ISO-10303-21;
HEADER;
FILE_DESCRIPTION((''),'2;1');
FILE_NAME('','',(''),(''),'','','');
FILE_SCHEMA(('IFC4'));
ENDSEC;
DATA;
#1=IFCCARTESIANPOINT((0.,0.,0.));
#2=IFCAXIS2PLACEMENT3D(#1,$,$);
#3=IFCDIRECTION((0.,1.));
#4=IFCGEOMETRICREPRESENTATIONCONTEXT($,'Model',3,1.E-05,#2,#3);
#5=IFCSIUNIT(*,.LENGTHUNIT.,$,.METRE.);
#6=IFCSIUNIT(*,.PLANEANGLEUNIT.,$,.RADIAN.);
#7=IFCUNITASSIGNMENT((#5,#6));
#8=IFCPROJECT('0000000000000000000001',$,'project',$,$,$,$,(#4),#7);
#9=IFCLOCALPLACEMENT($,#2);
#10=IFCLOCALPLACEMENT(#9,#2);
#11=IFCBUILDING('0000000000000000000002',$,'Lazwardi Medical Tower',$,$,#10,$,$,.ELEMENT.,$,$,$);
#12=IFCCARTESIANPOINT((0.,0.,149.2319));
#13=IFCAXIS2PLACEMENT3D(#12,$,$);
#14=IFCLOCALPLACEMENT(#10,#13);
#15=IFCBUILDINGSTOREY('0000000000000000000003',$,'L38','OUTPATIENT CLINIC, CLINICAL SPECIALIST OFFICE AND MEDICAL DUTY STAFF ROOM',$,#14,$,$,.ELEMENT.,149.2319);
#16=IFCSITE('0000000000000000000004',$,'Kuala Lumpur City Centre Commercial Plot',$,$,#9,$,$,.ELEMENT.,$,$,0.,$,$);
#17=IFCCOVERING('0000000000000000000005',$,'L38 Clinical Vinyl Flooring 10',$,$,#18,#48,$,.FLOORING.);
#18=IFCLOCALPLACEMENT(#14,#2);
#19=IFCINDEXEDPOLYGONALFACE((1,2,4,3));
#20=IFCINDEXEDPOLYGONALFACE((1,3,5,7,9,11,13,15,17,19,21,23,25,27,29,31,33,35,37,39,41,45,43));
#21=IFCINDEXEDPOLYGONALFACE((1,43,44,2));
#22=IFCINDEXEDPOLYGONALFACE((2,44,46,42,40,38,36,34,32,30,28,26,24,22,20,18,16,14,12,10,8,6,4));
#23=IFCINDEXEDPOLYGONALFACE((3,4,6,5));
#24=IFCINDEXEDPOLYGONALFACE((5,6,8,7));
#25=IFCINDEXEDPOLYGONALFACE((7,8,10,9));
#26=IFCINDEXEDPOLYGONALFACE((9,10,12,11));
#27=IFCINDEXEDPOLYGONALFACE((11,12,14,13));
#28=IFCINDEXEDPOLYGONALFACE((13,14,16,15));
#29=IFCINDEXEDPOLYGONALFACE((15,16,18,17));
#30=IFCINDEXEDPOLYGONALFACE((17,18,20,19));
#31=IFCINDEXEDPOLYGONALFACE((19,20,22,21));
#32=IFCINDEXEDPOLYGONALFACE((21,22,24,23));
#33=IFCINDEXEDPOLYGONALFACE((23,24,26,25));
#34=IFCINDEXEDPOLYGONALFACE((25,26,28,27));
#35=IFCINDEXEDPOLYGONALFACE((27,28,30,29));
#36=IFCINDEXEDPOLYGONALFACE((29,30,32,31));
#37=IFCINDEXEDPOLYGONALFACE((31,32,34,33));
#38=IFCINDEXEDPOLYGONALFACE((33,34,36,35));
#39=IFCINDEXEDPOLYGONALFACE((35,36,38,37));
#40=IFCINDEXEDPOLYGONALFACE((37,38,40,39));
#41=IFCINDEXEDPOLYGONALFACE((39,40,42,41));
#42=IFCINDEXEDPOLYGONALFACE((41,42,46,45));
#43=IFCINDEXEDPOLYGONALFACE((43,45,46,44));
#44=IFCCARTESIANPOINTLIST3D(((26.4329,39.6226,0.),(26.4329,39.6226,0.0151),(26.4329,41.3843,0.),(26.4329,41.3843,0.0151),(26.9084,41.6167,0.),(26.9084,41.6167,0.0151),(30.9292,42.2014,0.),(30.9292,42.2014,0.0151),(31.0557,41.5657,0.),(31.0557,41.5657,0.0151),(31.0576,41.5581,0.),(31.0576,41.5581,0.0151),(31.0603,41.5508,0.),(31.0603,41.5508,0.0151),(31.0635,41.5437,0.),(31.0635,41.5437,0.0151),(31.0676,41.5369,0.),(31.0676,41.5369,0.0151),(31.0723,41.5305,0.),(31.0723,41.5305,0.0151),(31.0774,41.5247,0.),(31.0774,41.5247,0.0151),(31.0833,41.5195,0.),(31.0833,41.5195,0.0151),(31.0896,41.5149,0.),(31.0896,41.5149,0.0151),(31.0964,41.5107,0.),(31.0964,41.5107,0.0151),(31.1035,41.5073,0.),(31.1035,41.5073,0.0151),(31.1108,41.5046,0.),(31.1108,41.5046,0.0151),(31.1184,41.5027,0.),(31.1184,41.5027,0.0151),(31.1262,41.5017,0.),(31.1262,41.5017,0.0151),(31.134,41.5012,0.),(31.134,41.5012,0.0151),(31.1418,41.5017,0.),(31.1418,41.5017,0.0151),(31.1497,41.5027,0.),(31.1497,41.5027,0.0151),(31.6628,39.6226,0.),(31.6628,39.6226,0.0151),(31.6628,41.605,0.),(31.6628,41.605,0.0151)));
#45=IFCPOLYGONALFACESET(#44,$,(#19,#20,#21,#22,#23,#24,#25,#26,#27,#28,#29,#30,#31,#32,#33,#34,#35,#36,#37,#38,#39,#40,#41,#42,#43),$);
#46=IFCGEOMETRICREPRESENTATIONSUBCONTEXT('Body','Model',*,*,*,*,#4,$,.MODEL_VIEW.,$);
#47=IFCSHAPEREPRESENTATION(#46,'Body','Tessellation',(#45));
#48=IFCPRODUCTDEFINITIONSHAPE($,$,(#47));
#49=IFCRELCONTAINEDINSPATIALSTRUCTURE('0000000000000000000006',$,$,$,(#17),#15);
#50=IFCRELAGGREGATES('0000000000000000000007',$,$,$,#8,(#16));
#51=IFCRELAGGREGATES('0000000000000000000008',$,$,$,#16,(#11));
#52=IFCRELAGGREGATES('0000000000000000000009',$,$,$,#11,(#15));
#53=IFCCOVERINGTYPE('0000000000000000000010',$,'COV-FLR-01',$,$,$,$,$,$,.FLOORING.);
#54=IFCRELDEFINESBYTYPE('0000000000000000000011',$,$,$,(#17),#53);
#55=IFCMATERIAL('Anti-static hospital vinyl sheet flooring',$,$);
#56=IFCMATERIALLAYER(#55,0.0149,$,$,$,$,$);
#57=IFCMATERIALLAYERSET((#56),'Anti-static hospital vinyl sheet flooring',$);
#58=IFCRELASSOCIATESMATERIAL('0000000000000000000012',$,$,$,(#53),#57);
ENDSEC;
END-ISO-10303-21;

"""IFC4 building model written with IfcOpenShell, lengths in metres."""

from ifc_helpers import new_model, si_unit, direction, frame, origin, place, context, subcontext, project, spatial, polyline, outline, extrude, material, layer, layer_set, type_object, element, save


model = new_model("IFC4")

# Units and contexts
model_context = context("Model", 3, precision=1e-05, world=origin(), true_north=direction((0.0, 1.0)))
body_context = subcontext(model_context, "Body", "Model", "MODEL_VIEW")
ifc_project = project(units=[si_unit("LENGTHUNIT", "METRE"), si_unit("PLANEANGLEUNIT", "RADIAN")], contexts=[model_context])

# Site, building, storey
site_placement = place(None, origin())
site = spatial("IfcSite", under=ifc_project, at=site_placement, Name="Kuala Lumpur City Centre Commercial Plot", CompositionType="ELEMENT", RefElevation=0.0)
building_placement = place(site_placement, origin())
building = spatial("IfcBuilding", under=site, at=building_placement, Name="Lazwardi Medical Tower", CompositionType="ELEMENT")
storey_placement = place(building_placement, frame((0.0, 0.0, 149.2319)))
storey = spatial("IfcBuildingStorey", under=building, at=storey_placement, Name="L38", Description="OUTPATIENT CLINIC, CLINICAL SPECIALIST OFFICE AND MEDICAL DUTY STAFF ROOM", CompositionType="ELEMENT", Elevation=149.2319)

# Covering
ifc_material_1 = material(Name="Anti-static hospital vinyl sheet flooring")
ifc_layer_1 = layer(ifc_material_1, 0.0149)
ifc_layer_set_1 = layer_set([ifc_layer_1], Name="Anti-static hospital vinyl sheet flooring")
covering_type_1 = type_object("IfcCoveringType", Name="COV-FLR-01", PredefinedType="FLOORING", material=ifc_layer_set_1)
covering_1_placement = place(storey_placement, origin())
element("IfcCovering", 1, at=covering_1_placement, inside=storey, type_object=covering_type_1, Name="L38 Clinical Vinyl Flooring 10", PredefinedType="FLOORING", context=body_context, shape_type="SweptSolid", body=[
    extrude(outline(polyline([(31.6628, 41.605), (31.1497, 41.5027), (31.1418, 41.5017), (31.134, 41.5012), (31.1262, 41.5017), (31.1184, 41.5027), (31.1108, 41.5046), (31.1035, 41.5073), (31.0964, 41.5107), (31.0896, 41.5149), (31.0833, 41.5195), (31.0774, 41.5247), (31.0723, 41.5305), (31.0676, 41.5369), (31.0635, 41.5437), (31.0603, 41.5508), (31.0576, 41.5581), (31.0557, 41.5657), (30.9292, 42.2014), (26.9084, 41.6167), (26.4329, 41.3843), (26.4329, 39.6226), (31.6628, 39.6226), (31.6628, 41.605)])), origin(), (0.0, 0.0, 1.0), 0.0151),
])

save(model, "model.ifc")
